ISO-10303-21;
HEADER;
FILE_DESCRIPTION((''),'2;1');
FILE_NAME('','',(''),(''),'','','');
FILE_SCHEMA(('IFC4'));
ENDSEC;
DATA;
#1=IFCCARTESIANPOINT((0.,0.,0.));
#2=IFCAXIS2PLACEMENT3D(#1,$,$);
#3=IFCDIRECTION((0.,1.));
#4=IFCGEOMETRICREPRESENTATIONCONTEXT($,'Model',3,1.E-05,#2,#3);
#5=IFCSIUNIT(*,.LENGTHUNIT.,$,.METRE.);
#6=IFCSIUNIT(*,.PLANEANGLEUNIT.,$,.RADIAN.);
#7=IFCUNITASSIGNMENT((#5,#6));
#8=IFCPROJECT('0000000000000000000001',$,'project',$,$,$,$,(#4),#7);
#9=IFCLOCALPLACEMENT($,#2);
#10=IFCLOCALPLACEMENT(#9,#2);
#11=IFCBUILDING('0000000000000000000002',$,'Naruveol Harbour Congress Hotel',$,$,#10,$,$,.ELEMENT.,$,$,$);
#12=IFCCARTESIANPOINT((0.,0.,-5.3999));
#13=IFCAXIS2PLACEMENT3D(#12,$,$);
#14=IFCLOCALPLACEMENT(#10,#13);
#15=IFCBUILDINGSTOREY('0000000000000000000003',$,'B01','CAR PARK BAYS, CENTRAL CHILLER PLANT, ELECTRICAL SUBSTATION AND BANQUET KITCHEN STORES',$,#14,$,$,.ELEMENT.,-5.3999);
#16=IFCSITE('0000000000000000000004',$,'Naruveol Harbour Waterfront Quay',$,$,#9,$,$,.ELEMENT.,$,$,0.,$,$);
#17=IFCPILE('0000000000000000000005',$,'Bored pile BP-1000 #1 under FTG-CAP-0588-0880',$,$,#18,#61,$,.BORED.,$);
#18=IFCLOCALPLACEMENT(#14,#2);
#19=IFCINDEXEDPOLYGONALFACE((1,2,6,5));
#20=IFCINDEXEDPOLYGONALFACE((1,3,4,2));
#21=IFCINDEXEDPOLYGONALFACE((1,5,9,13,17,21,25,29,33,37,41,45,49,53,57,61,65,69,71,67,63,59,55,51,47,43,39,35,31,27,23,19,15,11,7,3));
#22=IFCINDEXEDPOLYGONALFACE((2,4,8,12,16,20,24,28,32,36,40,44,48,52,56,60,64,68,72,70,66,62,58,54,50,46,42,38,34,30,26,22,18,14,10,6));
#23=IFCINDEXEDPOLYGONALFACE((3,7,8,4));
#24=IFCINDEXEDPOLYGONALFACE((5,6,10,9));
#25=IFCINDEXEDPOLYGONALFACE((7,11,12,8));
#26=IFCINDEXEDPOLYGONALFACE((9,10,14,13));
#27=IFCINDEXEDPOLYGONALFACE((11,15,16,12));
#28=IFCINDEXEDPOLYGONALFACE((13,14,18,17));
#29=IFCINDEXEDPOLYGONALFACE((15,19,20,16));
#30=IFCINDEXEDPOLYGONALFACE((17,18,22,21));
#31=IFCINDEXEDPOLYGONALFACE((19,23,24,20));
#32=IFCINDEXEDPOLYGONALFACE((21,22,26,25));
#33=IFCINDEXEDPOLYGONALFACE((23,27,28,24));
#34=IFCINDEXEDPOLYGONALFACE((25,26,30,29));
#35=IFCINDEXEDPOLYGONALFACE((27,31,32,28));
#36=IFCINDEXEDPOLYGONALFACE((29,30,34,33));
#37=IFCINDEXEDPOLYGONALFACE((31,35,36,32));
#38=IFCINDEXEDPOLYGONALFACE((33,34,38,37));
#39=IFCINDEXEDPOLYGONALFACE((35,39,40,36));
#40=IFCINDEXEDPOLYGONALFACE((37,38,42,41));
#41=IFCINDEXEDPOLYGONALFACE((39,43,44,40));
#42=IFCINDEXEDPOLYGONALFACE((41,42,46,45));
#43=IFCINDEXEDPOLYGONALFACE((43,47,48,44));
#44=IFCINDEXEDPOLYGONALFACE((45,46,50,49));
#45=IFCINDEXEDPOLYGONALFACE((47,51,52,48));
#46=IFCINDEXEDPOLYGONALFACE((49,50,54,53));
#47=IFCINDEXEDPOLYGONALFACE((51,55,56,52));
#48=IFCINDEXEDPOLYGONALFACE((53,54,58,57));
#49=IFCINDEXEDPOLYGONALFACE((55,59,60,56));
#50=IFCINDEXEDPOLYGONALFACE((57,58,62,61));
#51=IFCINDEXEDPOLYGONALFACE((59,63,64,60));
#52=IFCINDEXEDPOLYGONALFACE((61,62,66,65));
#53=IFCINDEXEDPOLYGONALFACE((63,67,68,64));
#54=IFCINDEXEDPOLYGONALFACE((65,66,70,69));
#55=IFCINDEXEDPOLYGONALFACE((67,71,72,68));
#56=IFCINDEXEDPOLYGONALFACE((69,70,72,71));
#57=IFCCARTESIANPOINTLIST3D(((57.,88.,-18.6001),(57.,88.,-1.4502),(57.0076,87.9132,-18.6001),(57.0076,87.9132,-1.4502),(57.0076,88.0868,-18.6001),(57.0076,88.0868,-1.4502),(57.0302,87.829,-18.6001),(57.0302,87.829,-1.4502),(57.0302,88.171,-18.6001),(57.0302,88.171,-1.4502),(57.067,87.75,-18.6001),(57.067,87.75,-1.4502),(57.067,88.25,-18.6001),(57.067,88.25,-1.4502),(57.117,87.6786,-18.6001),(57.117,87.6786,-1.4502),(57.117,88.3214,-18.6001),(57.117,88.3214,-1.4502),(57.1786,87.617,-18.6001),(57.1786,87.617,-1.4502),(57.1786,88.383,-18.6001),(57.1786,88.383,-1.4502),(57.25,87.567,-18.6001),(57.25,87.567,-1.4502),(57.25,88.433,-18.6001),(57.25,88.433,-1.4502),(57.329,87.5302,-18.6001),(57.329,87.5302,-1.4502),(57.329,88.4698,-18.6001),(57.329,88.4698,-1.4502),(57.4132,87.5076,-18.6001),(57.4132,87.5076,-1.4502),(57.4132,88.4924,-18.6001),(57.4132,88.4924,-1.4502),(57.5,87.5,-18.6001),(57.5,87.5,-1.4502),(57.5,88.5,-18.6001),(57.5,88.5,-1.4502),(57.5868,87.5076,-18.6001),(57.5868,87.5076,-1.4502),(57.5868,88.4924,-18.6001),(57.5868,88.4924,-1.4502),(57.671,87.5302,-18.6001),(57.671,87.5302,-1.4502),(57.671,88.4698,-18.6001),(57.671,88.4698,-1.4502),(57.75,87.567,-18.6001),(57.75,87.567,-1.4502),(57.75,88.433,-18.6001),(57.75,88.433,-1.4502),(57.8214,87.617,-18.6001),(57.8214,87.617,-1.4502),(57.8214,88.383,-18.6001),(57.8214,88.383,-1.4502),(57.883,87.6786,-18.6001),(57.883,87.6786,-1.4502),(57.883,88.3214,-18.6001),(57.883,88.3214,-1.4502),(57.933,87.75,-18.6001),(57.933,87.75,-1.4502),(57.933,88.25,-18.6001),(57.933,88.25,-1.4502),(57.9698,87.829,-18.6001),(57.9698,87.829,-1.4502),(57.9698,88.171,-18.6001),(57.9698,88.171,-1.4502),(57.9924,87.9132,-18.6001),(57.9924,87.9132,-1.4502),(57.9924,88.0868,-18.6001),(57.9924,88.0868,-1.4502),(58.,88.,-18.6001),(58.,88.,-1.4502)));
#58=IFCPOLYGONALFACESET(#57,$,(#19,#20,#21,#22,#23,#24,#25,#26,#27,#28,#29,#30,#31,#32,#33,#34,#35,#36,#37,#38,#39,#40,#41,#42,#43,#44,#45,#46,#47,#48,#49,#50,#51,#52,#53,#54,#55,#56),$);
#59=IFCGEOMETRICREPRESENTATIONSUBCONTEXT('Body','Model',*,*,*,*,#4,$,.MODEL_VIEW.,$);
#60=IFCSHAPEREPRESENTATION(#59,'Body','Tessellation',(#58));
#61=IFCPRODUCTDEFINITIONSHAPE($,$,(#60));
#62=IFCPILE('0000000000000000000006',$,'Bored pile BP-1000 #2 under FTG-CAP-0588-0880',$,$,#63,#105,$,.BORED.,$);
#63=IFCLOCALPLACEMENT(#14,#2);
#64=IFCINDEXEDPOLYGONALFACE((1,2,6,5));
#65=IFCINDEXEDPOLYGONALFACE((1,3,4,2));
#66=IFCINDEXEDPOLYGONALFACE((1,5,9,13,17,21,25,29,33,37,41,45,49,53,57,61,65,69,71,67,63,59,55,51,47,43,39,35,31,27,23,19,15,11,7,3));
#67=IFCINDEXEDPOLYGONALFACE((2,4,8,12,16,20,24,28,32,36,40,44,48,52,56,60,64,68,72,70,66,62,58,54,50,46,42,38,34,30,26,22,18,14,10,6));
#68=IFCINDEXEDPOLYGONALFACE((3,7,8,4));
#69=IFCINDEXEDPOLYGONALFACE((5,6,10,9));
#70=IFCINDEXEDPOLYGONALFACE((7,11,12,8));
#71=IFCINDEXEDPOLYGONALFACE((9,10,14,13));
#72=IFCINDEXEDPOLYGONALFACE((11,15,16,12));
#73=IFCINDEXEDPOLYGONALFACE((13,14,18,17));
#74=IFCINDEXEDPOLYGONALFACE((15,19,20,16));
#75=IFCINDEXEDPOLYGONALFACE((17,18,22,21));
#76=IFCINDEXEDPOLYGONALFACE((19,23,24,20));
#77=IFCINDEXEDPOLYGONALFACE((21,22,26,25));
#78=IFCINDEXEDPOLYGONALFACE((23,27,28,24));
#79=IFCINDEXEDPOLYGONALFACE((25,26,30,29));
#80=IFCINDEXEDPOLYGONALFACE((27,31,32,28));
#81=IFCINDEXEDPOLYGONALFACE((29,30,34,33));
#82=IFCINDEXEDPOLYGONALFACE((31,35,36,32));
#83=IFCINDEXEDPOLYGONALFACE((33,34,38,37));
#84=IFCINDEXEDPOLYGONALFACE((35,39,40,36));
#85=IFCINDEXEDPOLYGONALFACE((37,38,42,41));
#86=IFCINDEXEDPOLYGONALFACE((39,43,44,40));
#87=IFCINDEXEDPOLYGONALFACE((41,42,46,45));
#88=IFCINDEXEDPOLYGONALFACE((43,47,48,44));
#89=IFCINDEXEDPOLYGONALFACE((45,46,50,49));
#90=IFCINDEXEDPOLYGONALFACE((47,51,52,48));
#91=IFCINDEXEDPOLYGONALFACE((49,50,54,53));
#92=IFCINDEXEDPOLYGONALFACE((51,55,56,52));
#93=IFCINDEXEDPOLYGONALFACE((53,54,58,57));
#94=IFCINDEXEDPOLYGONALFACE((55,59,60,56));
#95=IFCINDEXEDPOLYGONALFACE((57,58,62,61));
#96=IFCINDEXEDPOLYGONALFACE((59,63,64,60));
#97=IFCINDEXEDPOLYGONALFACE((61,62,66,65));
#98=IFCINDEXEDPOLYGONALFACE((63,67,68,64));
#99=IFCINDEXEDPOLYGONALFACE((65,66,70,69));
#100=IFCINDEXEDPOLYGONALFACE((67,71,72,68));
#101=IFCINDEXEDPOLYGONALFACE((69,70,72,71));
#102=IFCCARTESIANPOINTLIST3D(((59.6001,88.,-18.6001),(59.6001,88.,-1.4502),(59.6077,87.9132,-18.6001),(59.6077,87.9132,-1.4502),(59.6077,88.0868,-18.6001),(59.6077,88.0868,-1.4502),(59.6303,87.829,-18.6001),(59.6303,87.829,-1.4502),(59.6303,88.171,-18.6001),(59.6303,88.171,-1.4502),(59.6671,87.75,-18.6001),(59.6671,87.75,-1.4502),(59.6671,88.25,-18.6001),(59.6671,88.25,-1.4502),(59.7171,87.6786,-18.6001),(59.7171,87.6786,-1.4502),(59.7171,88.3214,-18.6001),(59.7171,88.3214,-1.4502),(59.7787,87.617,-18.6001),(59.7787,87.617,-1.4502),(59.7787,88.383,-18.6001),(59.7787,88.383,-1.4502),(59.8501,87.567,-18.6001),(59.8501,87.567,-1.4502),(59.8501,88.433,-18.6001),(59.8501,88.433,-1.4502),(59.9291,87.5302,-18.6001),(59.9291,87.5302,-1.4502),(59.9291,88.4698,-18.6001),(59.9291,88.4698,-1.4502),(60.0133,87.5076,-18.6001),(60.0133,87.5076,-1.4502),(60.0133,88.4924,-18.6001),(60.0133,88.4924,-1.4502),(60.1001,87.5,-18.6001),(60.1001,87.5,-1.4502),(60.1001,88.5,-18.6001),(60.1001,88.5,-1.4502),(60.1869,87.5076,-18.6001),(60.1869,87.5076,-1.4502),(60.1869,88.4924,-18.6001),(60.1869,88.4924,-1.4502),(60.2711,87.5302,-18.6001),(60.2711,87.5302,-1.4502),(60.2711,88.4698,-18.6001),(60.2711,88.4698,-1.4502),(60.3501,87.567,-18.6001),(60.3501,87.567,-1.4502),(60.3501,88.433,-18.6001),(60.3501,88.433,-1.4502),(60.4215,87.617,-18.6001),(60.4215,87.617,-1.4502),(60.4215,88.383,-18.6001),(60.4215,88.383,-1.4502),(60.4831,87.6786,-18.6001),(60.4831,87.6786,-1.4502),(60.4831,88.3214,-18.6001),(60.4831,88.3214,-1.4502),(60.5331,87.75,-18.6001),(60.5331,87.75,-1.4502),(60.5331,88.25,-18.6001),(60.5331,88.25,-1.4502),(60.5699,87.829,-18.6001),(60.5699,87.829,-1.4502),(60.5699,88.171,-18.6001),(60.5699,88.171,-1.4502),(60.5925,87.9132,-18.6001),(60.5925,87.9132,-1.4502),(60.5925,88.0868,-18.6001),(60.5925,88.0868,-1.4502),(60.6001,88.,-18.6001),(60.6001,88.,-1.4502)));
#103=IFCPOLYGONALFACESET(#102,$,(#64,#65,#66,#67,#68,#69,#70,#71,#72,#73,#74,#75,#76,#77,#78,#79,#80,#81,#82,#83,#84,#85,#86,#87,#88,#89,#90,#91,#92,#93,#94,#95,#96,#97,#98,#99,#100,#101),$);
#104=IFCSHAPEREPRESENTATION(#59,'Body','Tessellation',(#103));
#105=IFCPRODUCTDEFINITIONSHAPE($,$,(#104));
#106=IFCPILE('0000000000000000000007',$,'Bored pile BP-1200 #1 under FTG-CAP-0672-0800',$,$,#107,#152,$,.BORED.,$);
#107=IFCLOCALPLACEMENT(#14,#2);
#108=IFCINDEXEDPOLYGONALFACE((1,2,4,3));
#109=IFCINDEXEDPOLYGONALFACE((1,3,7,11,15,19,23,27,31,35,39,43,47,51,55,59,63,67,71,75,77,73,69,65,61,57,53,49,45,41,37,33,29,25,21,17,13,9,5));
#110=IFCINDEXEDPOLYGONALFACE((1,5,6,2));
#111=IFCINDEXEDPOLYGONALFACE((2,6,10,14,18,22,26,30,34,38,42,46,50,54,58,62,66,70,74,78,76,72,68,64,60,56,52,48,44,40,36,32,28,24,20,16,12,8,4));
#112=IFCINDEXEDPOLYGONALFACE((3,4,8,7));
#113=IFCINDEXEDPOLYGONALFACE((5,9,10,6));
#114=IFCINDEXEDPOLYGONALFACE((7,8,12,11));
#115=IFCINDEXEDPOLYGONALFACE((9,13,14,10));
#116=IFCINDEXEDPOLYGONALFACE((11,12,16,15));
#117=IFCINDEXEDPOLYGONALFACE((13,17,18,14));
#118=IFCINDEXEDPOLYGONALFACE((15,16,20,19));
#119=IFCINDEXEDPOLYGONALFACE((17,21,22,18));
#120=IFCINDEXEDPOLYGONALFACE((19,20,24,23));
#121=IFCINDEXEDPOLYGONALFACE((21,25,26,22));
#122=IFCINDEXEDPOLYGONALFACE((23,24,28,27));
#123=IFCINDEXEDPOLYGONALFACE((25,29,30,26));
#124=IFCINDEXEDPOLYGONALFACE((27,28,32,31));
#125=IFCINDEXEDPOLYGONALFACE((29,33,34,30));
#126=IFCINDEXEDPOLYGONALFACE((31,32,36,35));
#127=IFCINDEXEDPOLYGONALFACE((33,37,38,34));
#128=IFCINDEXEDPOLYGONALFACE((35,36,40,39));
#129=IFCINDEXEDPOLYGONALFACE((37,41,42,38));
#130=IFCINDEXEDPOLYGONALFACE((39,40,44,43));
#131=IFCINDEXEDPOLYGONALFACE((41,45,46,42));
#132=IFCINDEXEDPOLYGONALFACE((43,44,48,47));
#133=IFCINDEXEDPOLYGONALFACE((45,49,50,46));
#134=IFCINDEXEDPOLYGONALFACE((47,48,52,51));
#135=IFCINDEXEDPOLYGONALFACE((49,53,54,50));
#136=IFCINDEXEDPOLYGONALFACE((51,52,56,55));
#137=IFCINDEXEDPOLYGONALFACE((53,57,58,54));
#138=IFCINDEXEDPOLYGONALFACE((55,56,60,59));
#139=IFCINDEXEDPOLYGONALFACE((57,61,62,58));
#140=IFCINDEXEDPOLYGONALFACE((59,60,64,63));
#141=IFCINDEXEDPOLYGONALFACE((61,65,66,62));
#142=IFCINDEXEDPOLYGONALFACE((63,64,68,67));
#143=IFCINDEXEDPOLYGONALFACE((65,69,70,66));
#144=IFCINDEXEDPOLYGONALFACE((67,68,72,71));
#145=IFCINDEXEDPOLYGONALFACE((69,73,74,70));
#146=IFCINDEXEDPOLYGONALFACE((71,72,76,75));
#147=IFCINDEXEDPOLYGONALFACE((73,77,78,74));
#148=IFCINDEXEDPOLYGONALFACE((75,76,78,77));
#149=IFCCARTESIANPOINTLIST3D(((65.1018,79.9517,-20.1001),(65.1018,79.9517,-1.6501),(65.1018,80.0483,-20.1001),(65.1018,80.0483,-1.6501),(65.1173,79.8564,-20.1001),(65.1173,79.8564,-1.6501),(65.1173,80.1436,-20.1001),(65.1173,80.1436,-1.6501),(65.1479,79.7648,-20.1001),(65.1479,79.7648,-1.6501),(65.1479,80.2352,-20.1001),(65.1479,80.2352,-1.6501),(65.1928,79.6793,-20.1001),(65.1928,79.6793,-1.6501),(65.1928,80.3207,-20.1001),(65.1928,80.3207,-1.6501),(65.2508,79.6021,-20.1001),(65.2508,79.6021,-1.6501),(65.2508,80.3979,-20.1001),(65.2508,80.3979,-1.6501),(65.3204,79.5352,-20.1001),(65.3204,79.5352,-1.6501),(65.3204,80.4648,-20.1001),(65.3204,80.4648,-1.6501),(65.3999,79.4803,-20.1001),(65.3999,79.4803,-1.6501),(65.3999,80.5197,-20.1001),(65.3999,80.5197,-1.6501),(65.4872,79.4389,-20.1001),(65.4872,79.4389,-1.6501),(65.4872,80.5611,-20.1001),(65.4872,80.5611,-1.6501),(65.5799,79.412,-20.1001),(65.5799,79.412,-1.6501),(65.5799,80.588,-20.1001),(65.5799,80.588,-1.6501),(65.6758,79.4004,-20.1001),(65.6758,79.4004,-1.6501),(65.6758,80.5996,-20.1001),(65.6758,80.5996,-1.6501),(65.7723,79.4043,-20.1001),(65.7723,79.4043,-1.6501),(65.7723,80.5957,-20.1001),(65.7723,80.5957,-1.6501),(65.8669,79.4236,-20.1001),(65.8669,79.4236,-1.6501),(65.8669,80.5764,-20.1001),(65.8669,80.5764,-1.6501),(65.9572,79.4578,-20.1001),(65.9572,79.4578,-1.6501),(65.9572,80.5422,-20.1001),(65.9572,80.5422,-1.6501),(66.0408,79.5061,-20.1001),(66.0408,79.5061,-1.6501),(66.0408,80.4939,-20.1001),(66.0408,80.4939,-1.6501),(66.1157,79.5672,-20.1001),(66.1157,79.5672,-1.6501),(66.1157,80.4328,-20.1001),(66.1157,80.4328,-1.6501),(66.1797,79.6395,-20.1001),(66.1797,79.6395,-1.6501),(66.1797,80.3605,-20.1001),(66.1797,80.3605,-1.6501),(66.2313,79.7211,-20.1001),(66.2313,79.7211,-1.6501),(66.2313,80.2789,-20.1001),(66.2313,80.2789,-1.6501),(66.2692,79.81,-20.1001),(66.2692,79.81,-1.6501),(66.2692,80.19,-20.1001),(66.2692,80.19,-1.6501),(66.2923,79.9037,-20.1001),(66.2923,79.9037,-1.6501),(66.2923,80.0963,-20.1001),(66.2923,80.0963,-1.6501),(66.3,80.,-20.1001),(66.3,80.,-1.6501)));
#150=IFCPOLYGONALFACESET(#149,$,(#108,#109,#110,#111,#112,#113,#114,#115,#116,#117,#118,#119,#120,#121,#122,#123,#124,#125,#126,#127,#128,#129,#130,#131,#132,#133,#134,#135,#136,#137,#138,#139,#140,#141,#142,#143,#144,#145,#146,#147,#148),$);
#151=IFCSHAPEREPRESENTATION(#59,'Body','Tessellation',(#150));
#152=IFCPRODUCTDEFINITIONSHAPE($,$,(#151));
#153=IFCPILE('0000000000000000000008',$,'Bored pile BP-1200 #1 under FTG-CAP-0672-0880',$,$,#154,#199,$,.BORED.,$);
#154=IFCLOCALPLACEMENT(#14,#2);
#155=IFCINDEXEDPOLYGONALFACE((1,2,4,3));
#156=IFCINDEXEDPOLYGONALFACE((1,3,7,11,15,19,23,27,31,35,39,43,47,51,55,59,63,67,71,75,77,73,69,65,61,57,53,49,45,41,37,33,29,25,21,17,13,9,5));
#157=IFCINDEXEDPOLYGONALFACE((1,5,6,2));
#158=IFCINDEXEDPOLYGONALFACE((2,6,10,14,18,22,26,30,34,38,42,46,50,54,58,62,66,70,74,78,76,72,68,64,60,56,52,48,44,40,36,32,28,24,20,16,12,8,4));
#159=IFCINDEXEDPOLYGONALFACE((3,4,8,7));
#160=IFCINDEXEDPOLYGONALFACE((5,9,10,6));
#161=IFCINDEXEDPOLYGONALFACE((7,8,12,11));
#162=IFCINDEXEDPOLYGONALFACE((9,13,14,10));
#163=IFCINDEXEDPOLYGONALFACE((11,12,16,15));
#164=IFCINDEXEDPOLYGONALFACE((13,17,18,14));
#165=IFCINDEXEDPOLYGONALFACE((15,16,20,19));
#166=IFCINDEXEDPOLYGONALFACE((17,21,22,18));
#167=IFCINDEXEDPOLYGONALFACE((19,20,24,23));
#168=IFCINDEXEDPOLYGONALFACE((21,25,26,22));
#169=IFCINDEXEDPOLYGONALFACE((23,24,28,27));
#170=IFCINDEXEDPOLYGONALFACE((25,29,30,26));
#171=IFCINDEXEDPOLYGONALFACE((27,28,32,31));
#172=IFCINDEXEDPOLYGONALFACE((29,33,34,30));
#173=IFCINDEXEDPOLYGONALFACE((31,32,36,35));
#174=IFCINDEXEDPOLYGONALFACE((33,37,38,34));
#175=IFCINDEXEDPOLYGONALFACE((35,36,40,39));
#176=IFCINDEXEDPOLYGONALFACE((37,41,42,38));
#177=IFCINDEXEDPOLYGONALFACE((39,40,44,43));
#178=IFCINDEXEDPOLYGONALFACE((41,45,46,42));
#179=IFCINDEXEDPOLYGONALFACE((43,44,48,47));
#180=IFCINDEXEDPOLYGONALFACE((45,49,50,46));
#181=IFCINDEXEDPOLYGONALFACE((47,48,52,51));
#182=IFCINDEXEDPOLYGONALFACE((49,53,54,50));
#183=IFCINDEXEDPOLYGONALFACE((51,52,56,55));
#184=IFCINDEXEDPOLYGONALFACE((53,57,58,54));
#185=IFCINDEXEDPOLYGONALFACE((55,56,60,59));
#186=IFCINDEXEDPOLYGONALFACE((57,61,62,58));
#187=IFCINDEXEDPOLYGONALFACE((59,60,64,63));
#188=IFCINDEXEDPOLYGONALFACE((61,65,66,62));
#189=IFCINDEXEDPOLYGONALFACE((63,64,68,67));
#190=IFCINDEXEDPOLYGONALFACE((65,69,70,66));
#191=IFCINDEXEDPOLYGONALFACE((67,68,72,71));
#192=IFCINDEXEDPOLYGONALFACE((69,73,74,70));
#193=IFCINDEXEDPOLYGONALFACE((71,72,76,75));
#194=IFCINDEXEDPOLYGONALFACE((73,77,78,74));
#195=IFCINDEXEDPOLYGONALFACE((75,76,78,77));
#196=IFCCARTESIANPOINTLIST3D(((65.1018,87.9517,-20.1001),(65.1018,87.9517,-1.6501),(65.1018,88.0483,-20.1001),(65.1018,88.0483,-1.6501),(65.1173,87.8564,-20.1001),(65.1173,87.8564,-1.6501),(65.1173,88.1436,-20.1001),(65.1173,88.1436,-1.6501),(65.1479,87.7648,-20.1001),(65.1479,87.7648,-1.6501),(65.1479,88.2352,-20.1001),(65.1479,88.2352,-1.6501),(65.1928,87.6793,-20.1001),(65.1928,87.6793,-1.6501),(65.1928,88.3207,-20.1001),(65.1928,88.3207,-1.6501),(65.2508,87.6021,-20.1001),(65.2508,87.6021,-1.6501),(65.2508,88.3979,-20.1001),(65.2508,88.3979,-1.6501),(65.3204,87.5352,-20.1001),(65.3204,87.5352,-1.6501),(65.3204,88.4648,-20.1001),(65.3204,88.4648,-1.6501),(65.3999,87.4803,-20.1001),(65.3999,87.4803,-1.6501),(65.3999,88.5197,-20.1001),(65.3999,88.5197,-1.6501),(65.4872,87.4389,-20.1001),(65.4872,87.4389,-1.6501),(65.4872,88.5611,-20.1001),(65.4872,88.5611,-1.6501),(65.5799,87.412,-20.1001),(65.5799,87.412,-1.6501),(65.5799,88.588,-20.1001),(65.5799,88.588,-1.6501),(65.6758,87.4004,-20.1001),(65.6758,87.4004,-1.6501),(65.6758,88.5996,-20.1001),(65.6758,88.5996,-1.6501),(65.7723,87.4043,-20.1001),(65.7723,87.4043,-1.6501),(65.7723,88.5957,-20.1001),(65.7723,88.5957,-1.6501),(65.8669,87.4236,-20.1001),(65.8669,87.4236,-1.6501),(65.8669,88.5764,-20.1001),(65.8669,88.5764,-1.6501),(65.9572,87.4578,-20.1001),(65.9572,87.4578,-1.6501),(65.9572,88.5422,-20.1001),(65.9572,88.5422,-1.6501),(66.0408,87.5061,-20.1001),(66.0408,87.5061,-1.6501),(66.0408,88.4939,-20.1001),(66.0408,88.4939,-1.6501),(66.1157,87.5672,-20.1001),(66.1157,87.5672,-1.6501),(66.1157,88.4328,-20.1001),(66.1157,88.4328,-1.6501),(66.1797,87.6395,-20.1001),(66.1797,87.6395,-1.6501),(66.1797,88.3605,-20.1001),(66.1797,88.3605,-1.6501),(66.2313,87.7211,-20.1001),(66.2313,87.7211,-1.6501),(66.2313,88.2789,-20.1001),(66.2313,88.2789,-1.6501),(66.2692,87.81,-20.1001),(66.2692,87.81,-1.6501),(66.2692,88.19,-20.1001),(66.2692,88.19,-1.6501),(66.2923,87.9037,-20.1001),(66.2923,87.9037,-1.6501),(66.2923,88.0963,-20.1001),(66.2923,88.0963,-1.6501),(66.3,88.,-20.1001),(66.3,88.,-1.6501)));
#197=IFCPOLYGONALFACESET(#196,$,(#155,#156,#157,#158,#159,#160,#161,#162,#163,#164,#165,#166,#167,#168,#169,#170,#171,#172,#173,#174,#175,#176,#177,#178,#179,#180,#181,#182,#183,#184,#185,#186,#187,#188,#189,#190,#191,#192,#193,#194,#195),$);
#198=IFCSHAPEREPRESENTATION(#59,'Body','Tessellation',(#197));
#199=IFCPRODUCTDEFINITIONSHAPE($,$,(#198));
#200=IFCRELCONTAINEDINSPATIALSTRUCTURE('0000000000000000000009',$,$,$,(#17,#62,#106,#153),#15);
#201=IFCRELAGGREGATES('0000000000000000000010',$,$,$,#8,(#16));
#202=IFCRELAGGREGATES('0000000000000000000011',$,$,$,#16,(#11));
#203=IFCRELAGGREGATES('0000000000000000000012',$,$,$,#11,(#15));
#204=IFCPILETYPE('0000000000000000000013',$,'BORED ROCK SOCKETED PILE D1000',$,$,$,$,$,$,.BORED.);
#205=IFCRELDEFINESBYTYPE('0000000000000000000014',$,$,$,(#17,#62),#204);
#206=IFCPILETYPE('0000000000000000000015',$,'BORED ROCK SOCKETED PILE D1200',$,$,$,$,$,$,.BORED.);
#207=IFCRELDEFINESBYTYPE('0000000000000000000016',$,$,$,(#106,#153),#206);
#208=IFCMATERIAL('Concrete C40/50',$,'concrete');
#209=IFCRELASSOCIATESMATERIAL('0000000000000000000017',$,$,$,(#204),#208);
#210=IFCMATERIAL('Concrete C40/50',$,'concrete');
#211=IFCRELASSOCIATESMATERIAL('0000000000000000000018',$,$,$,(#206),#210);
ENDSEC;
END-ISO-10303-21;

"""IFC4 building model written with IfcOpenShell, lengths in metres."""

from ifc_helpers import new_model, si_unit, direction, frame, origin, origin_2d, place, context, subcontext, project, spatial, circle, extrude, material, material_profile, profile_set, type_object, element, save


model = new_model("IFC4")

# Units and contexts
model_context = context("Model", 3, precision=1e-05, world=origin(), true_north=direction((0.0, 1.0)))
body_context = subcontext(model_context, "Body", "Model", "MODEL_VIEW")
ifc_project = project(units=[si_unit("LENGTHUNIT", "METRE"), si_unit("PLANEANGLEUNIT", "RADIAN")], contexts=[model_context])

# Site, building, storey
site_placement = place(None, origin())
site = spatial("IfcSite", under=ifc_project, at=site_placement, Name="Naruveol Harbour Waterfront Quay", CompositionType="ELEMENT", RefElevation=0.0)
building_placement = place(site_placement, origin())
building = spatial("IfcBuilding", under=site, at=building_placement, Name="Naruveol Harbour Congress Hotel", CompositionType="ELEMENT")
storey_placement = place(building_placement, frame((0.0, 0.0, -5.3999)))
storey = spatial("IfcBuildingStorey", under=building, at=storey_placement, Name="B01", Description="CAR PARK BAYS, CENTRAL CHILLER PLANT, ELECTRICAL SUBSTATION AND BANQUET KITCHEN STORES", CompositionType="ELEMENT", Elevation=-5.3999)

# Piles
ifc_material_1 = material(Name="Concrete C40/50", Category="concrete")
ifc_material_profile_1 = material_profile(ifc_material_1, circle(Radius=0.5, at=origin_2d()), Name="BP-1000")
ifc_profile_set_1 = profile_set([ifc_material_profile_1], Name="Concrete C40/50")
pile_type_1 = type_object("IfcPileType", Name="BORED ROCK SOCKETED PILE D1000", PredefinedType="BORED", material=ifc_profile_set_1)
for number, where, z_axis, x_axis, name in (
    (1, (57.5, 88.0, -1.4502), (0.0, 0.0, -1.0), (1.0, 0.0, 0.0), "Bored pile BP-1000 #1 under FTG-CAP-0588-0880"),
    (2, (60.1001, 88.0, -1.4502), (0.0, 0.0, -1.0), (1.0, 0.0, 0.0), "Bored pile BP-1000 #2 under FTG-CAP-0588-0880"),
):
    element("IfcPile", number, at=place(storey_placement, frame(where, z_axis=z_axis, x_axis=x_axis)), inside=storey, type_object=pile_type_1, Name=name, PredefinedType="BORED", context=body_context, shape_type="SweptSolid", body=[
        extrude(circle(Radius=0.5, at=origin_2d()), origin(), (0.0, 0.0, 1.0), 17.1499),
    ])
ifc_material_2 = material(Name="Concrete C40/50", Category="concrete")
ifc_material_profile_2 = material_profile(ifc_material_2, circle(Radius=0.6001, at=origin_2d()), Name="BP-1200")
ifc_profile_set_2 = profile_set([ifc_material_profile_2], Name="Concrete C40/50")
pile_type_2 = type_object("IfcPileType", Name="BORED ROCK SOCKETED PILE D1200", PredefinedType="BORED", material=ifc_profile_set_2)
for number, where, z_axis, x_axis, name in (
    (3, (65.7, 80.0, -1.6501), (0.0, 0.0, -1.0), (1.0, 0.0, 0.0), "Bored pile BP-1200 #1 under FTG-CAP-0672-0800"),
    (4, (65.7, 88.0, -1.6501), (0.0, 0.0, -1.0), (1.0, 0.0, 0.0), "Bored pile BP-1200 #1 under FTG-CAP-0672-0880"),
):
    element("IfcPile", number, at=place(storey_placement, frame(where, z_axis=z_axis, x_axis=x_axis)), inside=storey, type_object=pile_type_2, Name=name, PredefinedType="BORED", context=body_context, shape_type="SweptSolid", body=[
        extrude(circle(Radius=0.6001, at=origin_2d()), origin(), (0.0, 0.0, 1.0), 18.45),
    ])

save(model, "model.ifc")
